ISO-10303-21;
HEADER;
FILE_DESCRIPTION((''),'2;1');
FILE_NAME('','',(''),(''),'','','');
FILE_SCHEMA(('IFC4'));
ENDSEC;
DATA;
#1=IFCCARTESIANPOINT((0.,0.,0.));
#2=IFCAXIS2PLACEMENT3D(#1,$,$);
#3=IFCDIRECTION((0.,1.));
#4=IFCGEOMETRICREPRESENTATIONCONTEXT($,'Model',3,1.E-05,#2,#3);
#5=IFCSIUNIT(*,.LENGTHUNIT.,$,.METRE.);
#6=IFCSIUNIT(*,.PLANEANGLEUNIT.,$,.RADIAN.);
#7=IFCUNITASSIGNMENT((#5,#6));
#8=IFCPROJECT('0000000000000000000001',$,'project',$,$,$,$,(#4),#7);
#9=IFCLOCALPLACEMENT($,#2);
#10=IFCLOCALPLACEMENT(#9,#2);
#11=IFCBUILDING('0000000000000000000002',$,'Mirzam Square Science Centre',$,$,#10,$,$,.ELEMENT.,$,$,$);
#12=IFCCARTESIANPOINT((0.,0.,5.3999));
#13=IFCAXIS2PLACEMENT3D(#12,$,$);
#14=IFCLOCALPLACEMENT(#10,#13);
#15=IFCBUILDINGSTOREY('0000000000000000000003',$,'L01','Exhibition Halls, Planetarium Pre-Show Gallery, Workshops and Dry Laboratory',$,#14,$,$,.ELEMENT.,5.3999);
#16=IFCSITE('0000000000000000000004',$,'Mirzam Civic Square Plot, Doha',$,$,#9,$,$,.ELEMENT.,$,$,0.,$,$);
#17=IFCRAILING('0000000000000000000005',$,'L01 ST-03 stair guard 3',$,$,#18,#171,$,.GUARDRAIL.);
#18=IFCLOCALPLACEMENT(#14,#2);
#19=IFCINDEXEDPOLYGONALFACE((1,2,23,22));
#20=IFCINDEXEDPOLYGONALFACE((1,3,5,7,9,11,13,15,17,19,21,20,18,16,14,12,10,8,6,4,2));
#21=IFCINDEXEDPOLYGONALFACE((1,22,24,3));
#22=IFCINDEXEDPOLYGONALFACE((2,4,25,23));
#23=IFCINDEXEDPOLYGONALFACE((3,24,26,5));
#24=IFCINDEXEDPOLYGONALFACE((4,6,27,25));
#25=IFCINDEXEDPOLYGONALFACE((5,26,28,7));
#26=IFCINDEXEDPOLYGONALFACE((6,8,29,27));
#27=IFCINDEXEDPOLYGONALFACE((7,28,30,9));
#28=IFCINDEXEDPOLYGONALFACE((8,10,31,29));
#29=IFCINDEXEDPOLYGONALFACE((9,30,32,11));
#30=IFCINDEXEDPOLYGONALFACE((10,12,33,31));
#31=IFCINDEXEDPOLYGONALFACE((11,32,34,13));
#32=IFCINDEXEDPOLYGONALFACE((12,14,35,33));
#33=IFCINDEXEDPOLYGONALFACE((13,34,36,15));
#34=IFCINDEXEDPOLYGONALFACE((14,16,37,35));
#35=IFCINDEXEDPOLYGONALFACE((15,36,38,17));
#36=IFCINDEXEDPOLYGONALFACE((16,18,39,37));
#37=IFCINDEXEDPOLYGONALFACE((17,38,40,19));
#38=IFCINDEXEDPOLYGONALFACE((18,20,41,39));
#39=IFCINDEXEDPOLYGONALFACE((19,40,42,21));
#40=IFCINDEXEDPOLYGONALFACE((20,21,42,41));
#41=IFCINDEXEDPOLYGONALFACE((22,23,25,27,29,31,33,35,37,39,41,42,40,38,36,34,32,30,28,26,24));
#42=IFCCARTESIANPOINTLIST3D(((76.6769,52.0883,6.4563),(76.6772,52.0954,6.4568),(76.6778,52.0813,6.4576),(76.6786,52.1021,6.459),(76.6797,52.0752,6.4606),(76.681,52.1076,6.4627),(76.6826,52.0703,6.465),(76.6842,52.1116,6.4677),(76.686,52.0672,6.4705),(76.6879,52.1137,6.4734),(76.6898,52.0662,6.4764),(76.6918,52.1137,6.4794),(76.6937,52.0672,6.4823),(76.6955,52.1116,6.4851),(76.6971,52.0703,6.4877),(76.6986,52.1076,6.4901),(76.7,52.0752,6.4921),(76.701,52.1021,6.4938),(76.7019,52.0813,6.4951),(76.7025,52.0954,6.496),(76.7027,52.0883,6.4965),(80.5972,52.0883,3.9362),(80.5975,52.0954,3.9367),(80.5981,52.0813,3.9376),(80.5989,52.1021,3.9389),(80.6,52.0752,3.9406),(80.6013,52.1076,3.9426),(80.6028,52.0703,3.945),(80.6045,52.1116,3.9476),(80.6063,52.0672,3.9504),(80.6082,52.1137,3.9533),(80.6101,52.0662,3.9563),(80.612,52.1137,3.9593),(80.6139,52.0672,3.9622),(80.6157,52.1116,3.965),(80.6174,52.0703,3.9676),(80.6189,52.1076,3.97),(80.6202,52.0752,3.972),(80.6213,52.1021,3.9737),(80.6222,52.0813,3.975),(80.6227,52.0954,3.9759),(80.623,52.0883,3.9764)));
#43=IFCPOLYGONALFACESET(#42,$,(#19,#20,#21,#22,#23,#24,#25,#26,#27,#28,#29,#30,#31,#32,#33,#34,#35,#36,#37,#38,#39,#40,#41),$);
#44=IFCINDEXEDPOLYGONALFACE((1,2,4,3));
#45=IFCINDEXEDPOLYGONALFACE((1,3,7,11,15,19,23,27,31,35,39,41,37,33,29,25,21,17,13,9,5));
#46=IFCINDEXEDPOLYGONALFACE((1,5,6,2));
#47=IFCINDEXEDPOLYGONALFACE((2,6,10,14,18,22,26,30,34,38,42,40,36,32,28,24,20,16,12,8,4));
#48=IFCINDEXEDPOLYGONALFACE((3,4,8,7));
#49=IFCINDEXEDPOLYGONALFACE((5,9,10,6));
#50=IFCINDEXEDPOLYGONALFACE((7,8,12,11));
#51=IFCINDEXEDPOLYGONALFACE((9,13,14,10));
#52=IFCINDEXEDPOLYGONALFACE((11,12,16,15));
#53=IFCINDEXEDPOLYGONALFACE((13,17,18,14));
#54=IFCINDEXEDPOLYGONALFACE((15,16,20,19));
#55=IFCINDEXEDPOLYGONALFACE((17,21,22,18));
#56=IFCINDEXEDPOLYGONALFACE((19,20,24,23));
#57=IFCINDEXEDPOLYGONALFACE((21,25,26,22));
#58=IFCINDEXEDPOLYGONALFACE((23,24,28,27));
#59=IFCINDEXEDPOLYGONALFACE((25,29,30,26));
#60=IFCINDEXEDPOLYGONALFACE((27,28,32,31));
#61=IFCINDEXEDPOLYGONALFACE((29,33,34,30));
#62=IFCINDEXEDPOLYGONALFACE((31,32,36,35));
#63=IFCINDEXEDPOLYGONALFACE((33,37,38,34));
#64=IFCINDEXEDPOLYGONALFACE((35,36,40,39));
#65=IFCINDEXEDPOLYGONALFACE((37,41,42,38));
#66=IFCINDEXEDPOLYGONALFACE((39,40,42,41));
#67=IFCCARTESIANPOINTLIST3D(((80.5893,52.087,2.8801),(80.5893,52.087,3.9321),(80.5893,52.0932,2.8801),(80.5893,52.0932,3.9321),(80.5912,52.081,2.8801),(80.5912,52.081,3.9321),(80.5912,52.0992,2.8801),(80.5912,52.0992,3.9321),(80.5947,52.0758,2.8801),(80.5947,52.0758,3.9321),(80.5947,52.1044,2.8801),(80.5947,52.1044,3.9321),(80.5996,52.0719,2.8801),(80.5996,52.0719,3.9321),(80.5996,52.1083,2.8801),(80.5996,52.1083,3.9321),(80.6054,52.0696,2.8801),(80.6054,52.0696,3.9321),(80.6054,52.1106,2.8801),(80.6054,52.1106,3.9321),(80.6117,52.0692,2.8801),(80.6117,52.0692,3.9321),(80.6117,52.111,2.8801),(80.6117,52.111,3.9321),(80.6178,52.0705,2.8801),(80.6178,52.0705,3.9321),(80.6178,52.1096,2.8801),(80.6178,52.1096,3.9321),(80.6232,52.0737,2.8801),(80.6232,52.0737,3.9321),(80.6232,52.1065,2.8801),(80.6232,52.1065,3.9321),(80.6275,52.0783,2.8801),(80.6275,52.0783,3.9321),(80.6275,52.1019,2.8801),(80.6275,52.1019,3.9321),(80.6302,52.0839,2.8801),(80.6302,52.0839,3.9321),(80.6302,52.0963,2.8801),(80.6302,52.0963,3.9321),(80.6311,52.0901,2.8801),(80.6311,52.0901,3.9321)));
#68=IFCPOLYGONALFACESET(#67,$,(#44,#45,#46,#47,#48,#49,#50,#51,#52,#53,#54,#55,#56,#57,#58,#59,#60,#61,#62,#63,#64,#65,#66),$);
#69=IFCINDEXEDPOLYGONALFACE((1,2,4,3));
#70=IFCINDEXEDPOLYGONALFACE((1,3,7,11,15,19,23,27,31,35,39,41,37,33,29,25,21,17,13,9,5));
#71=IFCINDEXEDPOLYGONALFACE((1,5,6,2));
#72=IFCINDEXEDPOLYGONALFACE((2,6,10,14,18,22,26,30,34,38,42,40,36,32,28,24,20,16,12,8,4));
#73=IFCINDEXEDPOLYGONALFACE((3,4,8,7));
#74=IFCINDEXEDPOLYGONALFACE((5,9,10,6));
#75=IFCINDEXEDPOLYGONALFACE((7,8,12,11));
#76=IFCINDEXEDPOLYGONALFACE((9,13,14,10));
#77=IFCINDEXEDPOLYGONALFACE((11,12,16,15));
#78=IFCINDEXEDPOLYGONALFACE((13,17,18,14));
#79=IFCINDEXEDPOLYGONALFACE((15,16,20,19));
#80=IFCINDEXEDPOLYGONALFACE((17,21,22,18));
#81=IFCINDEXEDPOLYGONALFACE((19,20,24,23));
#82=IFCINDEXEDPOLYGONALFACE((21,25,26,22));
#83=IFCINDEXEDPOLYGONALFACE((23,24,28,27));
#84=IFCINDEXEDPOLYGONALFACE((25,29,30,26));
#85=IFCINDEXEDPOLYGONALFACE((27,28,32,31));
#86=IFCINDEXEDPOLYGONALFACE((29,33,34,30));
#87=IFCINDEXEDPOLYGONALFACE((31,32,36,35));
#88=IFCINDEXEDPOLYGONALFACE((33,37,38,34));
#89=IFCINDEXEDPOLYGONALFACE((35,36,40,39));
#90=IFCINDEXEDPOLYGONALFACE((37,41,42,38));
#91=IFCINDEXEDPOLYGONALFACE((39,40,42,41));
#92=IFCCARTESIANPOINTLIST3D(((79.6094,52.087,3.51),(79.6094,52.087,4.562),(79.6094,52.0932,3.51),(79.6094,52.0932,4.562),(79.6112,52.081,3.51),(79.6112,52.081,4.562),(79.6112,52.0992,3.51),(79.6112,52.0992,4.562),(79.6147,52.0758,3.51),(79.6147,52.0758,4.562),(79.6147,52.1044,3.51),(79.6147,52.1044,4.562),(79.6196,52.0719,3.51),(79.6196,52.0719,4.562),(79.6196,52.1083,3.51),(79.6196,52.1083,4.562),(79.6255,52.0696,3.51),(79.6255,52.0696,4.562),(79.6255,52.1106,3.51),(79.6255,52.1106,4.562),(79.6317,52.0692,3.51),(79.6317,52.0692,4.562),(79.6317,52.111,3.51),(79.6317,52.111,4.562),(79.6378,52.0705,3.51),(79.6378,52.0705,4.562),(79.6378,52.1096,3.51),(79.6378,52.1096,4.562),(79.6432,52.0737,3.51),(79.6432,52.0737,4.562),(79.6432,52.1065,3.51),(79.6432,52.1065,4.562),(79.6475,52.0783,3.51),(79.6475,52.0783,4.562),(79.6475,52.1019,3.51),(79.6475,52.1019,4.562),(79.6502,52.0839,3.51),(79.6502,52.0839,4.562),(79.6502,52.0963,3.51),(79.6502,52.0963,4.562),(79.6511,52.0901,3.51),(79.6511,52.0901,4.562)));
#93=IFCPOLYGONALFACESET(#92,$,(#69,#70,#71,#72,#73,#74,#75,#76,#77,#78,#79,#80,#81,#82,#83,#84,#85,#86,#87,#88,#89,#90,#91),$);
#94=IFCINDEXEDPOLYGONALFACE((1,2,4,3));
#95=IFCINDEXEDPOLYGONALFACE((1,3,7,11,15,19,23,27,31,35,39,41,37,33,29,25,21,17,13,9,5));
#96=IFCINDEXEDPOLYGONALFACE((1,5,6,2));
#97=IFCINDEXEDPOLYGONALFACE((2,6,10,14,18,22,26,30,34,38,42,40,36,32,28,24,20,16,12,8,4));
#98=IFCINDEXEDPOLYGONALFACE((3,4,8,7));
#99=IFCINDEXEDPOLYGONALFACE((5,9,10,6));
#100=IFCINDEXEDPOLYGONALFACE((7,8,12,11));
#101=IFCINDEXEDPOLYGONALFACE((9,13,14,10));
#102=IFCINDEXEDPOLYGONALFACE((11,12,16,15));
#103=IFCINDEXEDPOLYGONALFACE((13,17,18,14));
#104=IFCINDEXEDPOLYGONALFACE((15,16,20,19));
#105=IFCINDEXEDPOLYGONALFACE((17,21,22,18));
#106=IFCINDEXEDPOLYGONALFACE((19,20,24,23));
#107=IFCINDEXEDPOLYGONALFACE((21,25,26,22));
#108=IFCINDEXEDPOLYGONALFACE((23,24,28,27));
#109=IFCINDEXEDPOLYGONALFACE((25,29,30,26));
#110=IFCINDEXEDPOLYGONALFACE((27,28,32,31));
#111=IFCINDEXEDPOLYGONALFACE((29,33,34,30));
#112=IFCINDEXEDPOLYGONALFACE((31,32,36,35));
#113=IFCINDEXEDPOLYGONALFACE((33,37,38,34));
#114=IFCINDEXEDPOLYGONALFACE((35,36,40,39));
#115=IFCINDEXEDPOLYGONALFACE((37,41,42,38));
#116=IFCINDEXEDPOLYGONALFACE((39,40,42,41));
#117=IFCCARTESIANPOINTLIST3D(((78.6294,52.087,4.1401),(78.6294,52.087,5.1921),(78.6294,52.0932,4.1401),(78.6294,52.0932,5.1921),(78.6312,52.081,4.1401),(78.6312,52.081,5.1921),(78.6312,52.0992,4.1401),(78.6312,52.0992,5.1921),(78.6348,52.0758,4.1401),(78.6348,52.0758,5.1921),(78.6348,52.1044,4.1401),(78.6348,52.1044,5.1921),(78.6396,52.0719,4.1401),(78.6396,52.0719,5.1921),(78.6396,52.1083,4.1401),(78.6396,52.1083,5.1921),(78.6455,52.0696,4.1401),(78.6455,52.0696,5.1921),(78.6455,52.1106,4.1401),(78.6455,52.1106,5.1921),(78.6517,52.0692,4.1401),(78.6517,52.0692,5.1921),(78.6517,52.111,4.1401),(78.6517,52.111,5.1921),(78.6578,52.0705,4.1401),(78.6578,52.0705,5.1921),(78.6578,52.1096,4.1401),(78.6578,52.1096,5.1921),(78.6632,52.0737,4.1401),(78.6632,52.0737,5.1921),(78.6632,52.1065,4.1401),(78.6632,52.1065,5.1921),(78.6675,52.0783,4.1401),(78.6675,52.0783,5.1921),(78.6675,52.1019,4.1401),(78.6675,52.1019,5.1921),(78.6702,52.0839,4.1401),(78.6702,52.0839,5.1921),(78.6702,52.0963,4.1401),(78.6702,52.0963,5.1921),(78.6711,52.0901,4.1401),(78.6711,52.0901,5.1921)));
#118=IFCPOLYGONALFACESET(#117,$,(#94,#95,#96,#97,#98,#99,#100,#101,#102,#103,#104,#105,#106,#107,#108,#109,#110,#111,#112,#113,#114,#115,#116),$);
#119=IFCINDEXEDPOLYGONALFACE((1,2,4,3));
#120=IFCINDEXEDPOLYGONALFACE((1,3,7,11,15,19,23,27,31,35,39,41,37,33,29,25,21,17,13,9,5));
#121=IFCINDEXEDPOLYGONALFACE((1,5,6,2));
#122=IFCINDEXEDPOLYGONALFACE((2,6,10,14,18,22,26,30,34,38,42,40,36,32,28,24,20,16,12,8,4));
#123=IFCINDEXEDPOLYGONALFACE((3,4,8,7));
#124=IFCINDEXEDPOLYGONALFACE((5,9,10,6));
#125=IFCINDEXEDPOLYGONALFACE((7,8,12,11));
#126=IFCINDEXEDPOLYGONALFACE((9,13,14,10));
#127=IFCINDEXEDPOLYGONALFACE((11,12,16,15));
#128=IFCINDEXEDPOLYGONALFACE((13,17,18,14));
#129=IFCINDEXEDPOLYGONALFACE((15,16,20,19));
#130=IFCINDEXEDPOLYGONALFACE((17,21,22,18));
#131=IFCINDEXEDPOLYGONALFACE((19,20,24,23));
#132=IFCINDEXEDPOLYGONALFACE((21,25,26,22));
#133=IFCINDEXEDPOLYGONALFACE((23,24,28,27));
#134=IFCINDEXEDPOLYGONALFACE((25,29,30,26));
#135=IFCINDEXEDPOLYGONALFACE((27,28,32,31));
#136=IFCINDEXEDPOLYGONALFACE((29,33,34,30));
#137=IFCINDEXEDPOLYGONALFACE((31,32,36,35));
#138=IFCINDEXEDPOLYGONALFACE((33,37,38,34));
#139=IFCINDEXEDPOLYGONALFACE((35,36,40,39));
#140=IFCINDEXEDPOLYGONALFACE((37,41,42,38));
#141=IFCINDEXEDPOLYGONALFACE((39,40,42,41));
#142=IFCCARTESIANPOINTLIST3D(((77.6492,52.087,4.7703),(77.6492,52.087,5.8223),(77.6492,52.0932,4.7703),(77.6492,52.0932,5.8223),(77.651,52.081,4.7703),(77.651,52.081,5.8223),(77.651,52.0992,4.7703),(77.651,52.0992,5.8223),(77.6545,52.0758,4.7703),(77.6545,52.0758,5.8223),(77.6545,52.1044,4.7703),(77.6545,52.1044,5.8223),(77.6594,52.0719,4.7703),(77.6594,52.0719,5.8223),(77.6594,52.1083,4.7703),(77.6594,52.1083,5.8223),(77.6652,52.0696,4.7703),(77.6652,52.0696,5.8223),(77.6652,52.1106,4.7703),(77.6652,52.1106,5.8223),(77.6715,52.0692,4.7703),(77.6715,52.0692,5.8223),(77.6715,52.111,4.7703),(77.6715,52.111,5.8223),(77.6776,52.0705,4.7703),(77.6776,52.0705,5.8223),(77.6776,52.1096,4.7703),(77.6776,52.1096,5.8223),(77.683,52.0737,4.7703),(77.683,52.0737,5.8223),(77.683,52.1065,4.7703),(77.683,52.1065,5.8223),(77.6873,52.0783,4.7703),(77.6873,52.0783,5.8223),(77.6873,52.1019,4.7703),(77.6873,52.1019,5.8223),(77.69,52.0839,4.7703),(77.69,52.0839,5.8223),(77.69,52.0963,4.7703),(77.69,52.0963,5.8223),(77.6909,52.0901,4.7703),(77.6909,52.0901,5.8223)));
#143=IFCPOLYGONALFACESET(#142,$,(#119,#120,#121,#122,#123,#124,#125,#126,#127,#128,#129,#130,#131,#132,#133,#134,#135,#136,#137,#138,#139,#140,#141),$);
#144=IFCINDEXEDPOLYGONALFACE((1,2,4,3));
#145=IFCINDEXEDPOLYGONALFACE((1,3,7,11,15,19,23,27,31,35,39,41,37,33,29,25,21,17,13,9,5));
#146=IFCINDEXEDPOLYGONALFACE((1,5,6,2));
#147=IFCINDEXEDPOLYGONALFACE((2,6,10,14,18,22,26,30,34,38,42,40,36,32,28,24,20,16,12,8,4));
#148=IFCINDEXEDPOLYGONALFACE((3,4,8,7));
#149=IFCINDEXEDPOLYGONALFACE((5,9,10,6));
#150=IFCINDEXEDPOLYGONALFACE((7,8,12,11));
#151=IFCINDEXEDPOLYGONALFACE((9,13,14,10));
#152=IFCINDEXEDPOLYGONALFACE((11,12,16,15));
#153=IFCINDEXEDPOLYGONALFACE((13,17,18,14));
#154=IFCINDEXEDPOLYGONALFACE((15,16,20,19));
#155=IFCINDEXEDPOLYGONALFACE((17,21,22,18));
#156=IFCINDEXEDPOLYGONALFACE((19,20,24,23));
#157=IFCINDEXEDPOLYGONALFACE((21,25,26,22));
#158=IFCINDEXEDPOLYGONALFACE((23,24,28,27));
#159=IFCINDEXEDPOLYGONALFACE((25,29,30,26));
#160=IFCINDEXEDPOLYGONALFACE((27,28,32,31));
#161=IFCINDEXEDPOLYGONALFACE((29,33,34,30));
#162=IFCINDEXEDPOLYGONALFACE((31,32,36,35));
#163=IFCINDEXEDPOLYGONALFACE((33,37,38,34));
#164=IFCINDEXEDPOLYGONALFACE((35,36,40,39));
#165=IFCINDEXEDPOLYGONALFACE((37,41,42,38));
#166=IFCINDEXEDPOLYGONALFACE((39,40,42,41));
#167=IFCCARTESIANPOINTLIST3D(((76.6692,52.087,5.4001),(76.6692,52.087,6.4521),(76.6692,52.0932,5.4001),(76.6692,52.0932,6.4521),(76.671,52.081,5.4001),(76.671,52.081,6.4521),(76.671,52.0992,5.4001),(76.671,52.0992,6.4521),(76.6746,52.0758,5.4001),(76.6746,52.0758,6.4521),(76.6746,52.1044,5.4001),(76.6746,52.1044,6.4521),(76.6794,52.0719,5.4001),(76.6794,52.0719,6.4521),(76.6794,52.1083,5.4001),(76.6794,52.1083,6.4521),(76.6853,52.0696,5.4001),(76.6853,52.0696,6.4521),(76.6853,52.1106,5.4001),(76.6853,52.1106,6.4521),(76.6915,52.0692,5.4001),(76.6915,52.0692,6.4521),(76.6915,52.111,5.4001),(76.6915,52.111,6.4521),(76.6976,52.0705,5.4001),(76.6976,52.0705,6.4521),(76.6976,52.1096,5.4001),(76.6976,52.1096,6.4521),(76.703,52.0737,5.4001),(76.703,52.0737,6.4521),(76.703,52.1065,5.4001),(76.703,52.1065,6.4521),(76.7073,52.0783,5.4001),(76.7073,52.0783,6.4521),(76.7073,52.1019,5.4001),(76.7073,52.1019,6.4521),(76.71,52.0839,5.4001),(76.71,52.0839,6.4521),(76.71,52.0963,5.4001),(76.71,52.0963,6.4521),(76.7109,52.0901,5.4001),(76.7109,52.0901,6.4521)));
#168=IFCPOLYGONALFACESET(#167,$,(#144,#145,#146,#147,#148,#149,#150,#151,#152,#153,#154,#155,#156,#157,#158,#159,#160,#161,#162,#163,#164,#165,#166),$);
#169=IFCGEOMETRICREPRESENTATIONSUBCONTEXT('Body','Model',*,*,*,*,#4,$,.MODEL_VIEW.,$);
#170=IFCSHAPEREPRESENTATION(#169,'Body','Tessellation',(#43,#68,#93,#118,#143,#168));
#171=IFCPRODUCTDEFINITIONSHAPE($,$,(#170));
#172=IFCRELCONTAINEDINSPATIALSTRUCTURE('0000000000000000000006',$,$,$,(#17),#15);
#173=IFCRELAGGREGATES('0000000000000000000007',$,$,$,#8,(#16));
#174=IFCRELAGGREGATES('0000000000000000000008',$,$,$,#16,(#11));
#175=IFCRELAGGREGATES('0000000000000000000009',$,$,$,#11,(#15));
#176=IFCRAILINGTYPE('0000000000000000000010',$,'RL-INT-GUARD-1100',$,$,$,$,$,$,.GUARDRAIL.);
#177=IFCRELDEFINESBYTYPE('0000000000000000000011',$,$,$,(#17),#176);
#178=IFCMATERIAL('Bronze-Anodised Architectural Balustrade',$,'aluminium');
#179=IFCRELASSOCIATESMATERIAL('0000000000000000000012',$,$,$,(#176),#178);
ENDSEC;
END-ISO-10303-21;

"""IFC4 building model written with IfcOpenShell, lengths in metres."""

from ifc_helpers import new_model, si_unit, direction, frame, origin, origin_2d, place, context, subcontext, project, spatial, circle, extrude, material, type_object, element, save


model = new_model("IFC4")

# Units and contexts
model_context = context("Model", 3, precision=1e-05, world=origin(), true_north=direction((0.0, 1.0)))
body_context = subcontext(model_context, "Body", "Model", "MODEL_VIEW")
ifc_project = project(units=[si_unit("LENGTHUNIT", "METRE"), si_unit("PLANEANGLEUNIT", "RADIAN")], contexts=[model_context])

# Site, building, storey
site_placement = place(None, origin())
site = spatial("IfcSite", under=ifc_project, at=site_placement, Name="Mirzam Civic Square Plot, Doha", CompositionType="ELEMENT", RefElevation=0.0)
building_placement = place(site_placement, origin())
building = spatial("IfcBuilding", under=site, at=building_placement, Name="Mirzam Square Science Centre", CompositionType="ELEMENT")
storey_placement = place(building_placement, frame((0.0, 0.0, 5.3999)))
storey = spatial("IfcBuildingStorey", under=building, at=storey_placement, Name="L01", Description="Exhibition Halls, Planetarium Pre-Show Gallery, Workshops and Dry Laboratory", CompositionType="ELEMENT", Elevation=5.3999)

# Railing
ifc_material_1 = material(Name="Bronze-Anodised Architectural Balustrade", Category="aluminium")
railing_type_1 = type_object("IfcRailingType", Name="RL-INT-GUARD-1100", PredefinedType="GUARDRAIL", material=ifc_material_1)
railing_1_placement = place(storey_placement, frame((80.6101, 52.0901, 2.8801)))
element("IfcRailing", 1, at=railing_1_placement, inside=storey, type_object=railing_type_1, Name="L01 ST-03 stair guard 3", PredefinedType="GUARDRAIL", context=body_context, shape_type="SweptSolid", body=[
    extrude(circle(Radius=0.0239, at=origin_2d()), frame((0.0, 0.0, 1.0762), z_axis=(-0.841187, 0.0, 0.540744), x_axis=(0.0, -1.0, 0.0)), (0.0, 0.0, 1.0), 4.6604),
    extrude(circle(Radius=0.021, at=origin_2d()), origin(), (0.0, 0.0, 1.0), 1.052),
    extrude(circle(Radius=0.021, at=origin_2d()), frame((-0.98, 0.0, 0.6299)), (0.0, 0.0, 1.0), 1.052),
    extrude(circle(Radius=0.021, at=origin_2d()), frame((-1.96, 0.0, 1.26)), (0.0, 0.0, 1.0), 1.052),
    extrude(circle(Radius=0.021, at=origin_2d()), frame((-2.9402, 0.0, 1.8901)), (0.0, 0.0, 1.0), 1.052),
    extrude(circle(Radius=0.021, at=origin_2d()), frame((-3.9202, 0.0, 2.52)), (0.0, 0.0, 1.0), 1.052),
])

save(model, "model.ifc")
